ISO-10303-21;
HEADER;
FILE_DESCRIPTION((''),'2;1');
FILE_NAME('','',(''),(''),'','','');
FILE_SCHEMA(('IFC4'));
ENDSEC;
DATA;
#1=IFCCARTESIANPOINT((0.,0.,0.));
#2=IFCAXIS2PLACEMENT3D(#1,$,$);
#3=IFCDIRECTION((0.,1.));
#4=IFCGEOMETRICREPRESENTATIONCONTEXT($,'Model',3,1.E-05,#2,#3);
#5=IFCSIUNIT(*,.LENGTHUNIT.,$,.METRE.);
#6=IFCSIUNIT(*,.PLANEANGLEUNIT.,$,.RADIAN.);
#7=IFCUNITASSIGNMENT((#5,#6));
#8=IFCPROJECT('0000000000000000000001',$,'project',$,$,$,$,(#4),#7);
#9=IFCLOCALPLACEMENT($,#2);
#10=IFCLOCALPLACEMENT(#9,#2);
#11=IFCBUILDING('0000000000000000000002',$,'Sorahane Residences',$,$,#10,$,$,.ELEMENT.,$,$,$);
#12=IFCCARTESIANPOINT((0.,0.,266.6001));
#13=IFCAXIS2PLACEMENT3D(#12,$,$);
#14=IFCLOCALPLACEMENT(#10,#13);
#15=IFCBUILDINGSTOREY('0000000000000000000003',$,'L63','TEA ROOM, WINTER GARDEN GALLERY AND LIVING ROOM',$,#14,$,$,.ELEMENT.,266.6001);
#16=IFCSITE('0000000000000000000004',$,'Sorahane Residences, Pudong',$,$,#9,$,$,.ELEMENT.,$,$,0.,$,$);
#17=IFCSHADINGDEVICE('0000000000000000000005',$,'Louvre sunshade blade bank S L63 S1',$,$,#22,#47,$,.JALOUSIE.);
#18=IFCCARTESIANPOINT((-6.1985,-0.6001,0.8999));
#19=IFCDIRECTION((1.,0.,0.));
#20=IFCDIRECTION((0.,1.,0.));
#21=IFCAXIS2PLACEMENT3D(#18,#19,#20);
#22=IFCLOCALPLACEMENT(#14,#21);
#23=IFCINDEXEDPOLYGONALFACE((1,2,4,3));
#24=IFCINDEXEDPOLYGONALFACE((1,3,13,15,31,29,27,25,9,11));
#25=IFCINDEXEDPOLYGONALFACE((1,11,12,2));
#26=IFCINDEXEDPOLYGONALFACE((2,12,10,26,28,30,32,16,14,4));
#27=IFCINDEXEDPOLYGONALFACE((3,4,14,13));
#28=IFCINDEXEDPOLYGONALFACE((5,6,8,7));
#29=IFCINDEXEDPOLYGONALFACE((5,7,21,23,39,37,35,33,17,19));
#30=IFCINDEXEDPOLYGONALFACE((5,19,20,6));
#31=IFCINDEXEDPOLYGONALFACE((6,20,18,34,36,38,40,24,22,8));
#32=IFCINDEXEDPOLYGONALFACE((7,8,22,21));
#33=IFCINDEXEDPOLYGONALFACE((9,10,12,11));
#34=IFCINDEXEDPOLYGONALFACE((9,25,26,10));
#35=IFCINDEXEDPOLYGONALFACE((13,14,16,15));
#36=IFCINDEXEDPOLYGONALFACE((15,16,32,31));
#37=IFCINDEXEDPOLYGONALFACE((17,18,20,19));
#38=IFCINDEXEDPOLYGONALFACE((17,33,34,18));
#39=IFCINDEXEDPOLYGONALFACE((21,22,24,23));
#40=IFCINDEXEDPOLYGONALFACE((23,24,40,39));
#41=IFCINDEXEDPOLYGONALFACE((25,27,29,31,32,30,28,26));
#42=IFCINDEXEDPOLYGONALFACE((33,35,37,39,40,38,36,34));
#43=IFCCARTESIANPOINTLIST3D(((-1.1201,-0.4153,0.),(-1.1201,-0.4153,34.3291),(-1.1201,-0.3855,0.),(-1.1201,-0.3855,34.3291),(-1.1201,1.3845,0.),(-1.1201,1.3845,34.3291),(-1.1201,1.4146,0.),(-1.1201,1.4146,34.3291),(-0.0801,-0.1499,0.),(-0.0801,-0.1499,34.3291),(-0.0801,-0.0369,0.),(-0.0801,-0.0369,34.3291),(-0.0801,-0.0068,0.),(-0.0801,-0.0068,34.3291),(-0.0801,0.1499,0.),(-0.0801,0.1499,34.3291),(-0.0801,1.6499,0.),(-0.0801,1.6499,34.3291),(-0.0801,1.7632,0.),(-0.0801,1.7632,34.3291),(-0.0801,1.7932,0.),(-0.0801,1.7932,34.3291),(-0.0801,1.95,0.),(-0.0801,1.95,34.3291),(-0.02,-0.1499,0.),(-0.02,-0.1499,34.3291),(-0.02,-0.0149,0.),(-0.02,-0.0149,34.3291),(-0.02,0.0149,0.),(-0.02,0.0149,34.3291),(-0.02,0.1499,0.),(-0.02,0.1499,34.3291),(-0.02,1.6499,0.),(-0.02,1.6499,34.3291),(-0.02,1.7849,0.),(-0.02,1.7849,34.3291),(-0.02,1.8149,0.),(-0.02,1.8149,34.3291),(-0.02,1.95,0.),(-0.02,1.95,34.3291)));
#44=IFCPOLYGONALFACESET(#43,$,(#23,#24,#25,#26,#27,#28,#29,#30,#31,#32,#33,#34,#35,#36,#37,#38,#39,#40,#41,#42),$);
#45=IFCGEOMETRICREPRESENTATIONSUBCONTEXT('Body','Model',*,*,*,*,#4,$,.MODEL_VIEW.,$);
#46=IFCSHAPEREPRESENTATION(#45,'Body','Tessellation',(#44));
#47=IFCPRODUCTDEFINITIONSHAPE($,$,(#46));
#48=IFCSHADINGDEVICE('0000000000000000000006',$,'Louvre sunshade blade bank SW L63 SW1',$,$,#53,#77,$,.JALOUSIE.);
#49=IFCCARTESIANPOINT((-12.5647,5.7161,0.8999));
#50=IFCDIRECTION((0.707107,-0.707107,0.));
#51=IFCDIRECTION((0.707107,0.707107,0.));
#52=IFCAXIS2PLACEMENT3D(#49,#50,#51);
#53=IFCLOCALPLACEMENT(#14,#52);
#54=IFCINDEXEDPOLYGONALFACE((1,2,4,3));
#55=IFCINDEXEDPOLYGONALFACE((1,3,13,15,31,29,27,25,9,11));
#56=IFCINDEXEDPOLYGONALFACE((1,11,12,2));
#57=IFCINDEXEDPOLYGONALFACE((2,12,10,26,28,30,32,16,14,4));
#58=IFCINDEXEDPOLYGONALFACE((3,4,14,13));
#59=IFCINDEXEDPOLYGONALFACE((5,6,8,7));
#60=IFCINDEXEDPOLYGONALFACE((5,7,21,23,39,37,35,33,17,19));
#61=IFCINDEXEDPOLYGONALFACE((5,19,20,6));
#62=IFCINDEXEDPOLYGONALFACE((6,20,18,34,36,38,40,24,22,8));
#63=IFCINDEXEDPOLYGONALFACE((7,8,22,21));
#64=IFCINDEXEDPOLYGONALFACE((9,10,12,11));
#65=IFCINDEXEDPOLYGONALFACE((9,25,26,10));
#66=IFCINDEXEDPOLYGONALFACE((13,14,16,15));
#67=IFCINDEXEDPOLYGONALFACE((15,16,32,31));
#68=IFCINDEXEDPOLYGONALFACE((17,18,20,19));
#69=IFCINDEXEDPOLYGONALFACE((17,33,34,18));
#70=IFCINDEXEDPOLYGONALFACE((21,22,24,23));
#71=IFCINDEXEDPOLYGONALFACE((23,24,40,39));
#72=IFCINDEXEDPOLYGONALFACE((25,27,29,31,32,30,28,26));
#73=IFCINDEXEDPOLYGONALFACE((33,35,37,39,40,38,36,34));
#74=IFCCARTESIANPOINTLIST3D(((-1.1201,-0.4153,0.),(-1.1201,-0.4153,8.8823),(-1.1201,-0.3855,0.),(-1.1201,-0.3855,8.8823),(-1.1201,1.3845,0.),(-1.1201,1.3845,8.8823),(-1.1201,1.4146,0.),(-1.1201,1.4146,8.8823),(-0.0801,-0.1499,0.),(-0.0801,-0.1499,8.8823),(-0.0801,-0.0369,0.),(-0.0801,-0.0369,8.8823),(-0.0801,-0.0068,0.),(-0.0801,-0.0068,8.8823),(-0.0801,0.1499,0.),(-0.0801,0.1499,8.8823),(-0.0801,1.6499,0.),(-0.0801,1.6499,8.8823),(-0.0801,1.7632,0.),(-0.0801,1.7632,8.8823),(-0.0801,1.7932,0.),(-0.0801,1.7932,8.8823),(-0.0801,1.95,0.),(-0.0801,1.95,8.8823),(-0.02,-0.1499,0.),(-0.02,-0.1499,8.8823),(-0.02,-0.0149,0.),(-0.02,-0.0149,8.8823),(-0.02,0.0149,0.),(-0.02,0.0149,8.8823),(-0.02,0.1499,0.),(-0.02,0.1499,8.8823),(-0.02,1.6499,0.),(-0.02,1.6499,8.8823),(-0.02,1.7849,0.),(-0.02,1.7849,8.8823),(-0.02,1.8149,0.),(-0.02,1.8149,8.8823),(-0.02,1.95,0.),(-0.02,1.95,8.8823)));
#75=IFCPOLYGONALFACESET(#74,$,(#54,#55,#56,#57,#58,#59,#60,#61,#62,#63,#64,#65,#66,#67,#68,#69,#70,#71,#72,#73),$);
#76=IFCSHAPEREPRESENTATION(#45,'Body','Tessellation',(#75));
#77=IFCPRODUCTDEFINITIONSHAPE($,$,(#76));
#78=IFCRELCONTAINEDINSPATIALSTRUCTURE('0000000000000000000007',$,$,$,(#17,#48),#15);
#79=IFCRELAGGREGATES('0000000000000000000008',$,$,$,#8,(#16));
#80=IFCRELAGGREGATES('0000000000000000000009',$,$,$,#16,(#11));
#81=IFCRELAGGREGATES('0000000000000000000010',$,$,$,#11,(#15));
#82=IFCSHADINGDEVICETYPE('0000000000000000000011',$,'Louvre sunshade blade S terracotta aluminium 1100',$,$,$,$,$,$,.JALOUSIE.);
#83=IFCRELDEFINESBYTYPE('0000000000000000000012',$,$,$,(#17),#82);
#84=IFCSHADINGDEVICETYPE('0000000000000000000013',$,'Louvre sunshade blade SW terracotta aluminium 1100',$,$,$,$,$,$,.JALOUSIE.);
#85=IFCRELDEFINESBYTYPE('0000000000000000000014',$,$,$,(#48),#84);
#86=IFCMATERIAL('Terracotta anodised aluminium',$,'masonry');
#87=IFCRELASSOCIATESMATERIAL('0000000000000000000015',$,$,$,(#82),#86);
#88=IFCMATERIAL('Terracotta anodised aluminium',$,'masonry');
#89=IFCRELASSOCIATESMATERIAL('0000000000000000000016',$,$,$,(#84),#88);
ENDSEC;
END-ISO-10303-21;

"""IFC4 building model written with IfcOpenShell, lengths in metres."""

from ifc_helpers import new_model, si_unit, direction, frame, origin, place, context, subcontext, project, spatial, polyline, outline, composite_profile, extrude, material, type_object, element, save


model = new_model("IFC4")

# Units and contexts
model_context = context("Model", 3, precision=1e-05, world=origin(), true_north=direction((0.0, 1.0)))
body_context = subcontext(model_context, "Body", "Model", "MODEL_VIEW")
ifc_project = project(units=[si_unit("LENGTHUNIT", "METRE"), si_unit("PLANEANGLEUNIT", "RADIAN")], contexts=[model_context])

# Site, building, storey
site_placement = place(None, origin())
site = spatial("IfcSite", under=ifc_project, at=site_placement, Name="Sorahane Residences, Pudong", CompositionType="ELEMENT", RefElevation=0.0)
building_placement = place(site_placement, origin())
building = spatial("IfcBuilding", under=site, at=building_placement, Name="Sorahane Residences", CompositionType="ELEMENT")
storey_placement = place(building_placement, frame((0.0, 0.0, 266.6001)))
storey = spatial("IfcBuildingStorey", under=building, at=storey_placement, Name="L63", Description="TEA ROOM, WINTER GARDEN GALLERY AND LIVING ROOM", CompositionType="ELEMENT", Elevation=266.6001)

# Shading devices
ifc_material_1 = material(Name="Terracotta anodised aluminium", Category="masonry")
shading_device_type_1 = type_object("IfcShadingDeviceType", Name="Louvre sunshade blade S terracotta aluminium 1100", PredefinedType="JALOUSIE", material=ifc_material_1)
shading_device_1_placement = place(storey_placement, frame((-6.1985, -0.6001, 0.8999), z_axis=(1.0, 0.0, 0.0), x_axis=(0.0, 1.0, 0.0)))
element("IfcShadingDevice", 1, at=shading_device_1_placement, inside=storey, type_object=shading_device_type_1, Name="Louvre sunshade blade bank S L63 S1", PredefinedType="JALOUSIE", context=body_context, shape_type="SweptSolid", body=[
    extrude(composite_profile([outline(polyline([(-1.1201, -0.3855), (-1.1201, -0.4153), (-0.0801, -0.0369), (-0.0801, -0.1499), (-0.02, -0.1499), (-0.02, -0.0149), (-0.02, 0.0149), (-0.02, 0.1499), (-0.0801, 0.1499), (-0.0801, -0.0068), (-1.1201, -0.3855)])), outline(polyline([(-1.1201, 1.4146), (-1.1201, 1.3845), (-0.0801, 1.7632), (-0.0801, 1.6499), (-0.02, 1.6499), (-0.02, 1.7849), (-0.02, 1.8149), (-0.02, 1.95), (-0.0801, 1.95), (-0.0801, 1.7932), (-1.1201, 1.4146)]))]), origin(), (0.0, 0.0, 1.0), 34.3291),
])
ifc_material_2 = material(Name="Terracotta anodised aluminium", Category="masonry")
shading_device_type_2 = type_object("IfcShadingDeviceType", Name="Louvre sunshade blade SW terracotta aluminium 1100", PredefinedType="JALOUSIE", material=ifc_material_2)
shading_device_2_placement = place(storey_placement, frame((-12.5647, 5.7161, 0.8999), z_axis=(0.707107, -0.707107, 0.0), x_axis=(0.707107, 0.707107, 0.0)))
element("IfcShadingDevice", 2, at=shading_device_2_placement, inside=storey, type_object=shading_device_type_2, Name="Louvre sunshade blade bank SW L63 SW1", PredefinedType="JALOUSIE", context=body_context, shape_type="SweptSolid", body=[
    extrude(composite_profile([outline(polyline([(-1.1201, -0.3855), (-1.1201, -0.4153), (-0.0801, -0.0369), (-0.0801, -0.1499), (-0.02, -0.1499), (-0.02, -0.0149), (-0.02, 0.0149), (-0.02, 0.1499), (-0.0801, 0.1499), (-0.0801, -0.0068), (-1.1201, -0.3855)])), outline(polyline([(-1.1201, 1.4146), (-1.1201, 1.3845), (-0.0801, 1.7632), (-0.0801, 1.6499), (-0.02, 1.6499), (-0.02, 1.7849), (-0.02, 1.8149), (-0.02, 1.95), (-0.0801, 1.95), (-0.0801, 1.7932), (-1.1201, 1.4146)]))]), origin(), (0.0, 0.0, 1.0), 8.8823),
])

save(model, "model.ifc")
